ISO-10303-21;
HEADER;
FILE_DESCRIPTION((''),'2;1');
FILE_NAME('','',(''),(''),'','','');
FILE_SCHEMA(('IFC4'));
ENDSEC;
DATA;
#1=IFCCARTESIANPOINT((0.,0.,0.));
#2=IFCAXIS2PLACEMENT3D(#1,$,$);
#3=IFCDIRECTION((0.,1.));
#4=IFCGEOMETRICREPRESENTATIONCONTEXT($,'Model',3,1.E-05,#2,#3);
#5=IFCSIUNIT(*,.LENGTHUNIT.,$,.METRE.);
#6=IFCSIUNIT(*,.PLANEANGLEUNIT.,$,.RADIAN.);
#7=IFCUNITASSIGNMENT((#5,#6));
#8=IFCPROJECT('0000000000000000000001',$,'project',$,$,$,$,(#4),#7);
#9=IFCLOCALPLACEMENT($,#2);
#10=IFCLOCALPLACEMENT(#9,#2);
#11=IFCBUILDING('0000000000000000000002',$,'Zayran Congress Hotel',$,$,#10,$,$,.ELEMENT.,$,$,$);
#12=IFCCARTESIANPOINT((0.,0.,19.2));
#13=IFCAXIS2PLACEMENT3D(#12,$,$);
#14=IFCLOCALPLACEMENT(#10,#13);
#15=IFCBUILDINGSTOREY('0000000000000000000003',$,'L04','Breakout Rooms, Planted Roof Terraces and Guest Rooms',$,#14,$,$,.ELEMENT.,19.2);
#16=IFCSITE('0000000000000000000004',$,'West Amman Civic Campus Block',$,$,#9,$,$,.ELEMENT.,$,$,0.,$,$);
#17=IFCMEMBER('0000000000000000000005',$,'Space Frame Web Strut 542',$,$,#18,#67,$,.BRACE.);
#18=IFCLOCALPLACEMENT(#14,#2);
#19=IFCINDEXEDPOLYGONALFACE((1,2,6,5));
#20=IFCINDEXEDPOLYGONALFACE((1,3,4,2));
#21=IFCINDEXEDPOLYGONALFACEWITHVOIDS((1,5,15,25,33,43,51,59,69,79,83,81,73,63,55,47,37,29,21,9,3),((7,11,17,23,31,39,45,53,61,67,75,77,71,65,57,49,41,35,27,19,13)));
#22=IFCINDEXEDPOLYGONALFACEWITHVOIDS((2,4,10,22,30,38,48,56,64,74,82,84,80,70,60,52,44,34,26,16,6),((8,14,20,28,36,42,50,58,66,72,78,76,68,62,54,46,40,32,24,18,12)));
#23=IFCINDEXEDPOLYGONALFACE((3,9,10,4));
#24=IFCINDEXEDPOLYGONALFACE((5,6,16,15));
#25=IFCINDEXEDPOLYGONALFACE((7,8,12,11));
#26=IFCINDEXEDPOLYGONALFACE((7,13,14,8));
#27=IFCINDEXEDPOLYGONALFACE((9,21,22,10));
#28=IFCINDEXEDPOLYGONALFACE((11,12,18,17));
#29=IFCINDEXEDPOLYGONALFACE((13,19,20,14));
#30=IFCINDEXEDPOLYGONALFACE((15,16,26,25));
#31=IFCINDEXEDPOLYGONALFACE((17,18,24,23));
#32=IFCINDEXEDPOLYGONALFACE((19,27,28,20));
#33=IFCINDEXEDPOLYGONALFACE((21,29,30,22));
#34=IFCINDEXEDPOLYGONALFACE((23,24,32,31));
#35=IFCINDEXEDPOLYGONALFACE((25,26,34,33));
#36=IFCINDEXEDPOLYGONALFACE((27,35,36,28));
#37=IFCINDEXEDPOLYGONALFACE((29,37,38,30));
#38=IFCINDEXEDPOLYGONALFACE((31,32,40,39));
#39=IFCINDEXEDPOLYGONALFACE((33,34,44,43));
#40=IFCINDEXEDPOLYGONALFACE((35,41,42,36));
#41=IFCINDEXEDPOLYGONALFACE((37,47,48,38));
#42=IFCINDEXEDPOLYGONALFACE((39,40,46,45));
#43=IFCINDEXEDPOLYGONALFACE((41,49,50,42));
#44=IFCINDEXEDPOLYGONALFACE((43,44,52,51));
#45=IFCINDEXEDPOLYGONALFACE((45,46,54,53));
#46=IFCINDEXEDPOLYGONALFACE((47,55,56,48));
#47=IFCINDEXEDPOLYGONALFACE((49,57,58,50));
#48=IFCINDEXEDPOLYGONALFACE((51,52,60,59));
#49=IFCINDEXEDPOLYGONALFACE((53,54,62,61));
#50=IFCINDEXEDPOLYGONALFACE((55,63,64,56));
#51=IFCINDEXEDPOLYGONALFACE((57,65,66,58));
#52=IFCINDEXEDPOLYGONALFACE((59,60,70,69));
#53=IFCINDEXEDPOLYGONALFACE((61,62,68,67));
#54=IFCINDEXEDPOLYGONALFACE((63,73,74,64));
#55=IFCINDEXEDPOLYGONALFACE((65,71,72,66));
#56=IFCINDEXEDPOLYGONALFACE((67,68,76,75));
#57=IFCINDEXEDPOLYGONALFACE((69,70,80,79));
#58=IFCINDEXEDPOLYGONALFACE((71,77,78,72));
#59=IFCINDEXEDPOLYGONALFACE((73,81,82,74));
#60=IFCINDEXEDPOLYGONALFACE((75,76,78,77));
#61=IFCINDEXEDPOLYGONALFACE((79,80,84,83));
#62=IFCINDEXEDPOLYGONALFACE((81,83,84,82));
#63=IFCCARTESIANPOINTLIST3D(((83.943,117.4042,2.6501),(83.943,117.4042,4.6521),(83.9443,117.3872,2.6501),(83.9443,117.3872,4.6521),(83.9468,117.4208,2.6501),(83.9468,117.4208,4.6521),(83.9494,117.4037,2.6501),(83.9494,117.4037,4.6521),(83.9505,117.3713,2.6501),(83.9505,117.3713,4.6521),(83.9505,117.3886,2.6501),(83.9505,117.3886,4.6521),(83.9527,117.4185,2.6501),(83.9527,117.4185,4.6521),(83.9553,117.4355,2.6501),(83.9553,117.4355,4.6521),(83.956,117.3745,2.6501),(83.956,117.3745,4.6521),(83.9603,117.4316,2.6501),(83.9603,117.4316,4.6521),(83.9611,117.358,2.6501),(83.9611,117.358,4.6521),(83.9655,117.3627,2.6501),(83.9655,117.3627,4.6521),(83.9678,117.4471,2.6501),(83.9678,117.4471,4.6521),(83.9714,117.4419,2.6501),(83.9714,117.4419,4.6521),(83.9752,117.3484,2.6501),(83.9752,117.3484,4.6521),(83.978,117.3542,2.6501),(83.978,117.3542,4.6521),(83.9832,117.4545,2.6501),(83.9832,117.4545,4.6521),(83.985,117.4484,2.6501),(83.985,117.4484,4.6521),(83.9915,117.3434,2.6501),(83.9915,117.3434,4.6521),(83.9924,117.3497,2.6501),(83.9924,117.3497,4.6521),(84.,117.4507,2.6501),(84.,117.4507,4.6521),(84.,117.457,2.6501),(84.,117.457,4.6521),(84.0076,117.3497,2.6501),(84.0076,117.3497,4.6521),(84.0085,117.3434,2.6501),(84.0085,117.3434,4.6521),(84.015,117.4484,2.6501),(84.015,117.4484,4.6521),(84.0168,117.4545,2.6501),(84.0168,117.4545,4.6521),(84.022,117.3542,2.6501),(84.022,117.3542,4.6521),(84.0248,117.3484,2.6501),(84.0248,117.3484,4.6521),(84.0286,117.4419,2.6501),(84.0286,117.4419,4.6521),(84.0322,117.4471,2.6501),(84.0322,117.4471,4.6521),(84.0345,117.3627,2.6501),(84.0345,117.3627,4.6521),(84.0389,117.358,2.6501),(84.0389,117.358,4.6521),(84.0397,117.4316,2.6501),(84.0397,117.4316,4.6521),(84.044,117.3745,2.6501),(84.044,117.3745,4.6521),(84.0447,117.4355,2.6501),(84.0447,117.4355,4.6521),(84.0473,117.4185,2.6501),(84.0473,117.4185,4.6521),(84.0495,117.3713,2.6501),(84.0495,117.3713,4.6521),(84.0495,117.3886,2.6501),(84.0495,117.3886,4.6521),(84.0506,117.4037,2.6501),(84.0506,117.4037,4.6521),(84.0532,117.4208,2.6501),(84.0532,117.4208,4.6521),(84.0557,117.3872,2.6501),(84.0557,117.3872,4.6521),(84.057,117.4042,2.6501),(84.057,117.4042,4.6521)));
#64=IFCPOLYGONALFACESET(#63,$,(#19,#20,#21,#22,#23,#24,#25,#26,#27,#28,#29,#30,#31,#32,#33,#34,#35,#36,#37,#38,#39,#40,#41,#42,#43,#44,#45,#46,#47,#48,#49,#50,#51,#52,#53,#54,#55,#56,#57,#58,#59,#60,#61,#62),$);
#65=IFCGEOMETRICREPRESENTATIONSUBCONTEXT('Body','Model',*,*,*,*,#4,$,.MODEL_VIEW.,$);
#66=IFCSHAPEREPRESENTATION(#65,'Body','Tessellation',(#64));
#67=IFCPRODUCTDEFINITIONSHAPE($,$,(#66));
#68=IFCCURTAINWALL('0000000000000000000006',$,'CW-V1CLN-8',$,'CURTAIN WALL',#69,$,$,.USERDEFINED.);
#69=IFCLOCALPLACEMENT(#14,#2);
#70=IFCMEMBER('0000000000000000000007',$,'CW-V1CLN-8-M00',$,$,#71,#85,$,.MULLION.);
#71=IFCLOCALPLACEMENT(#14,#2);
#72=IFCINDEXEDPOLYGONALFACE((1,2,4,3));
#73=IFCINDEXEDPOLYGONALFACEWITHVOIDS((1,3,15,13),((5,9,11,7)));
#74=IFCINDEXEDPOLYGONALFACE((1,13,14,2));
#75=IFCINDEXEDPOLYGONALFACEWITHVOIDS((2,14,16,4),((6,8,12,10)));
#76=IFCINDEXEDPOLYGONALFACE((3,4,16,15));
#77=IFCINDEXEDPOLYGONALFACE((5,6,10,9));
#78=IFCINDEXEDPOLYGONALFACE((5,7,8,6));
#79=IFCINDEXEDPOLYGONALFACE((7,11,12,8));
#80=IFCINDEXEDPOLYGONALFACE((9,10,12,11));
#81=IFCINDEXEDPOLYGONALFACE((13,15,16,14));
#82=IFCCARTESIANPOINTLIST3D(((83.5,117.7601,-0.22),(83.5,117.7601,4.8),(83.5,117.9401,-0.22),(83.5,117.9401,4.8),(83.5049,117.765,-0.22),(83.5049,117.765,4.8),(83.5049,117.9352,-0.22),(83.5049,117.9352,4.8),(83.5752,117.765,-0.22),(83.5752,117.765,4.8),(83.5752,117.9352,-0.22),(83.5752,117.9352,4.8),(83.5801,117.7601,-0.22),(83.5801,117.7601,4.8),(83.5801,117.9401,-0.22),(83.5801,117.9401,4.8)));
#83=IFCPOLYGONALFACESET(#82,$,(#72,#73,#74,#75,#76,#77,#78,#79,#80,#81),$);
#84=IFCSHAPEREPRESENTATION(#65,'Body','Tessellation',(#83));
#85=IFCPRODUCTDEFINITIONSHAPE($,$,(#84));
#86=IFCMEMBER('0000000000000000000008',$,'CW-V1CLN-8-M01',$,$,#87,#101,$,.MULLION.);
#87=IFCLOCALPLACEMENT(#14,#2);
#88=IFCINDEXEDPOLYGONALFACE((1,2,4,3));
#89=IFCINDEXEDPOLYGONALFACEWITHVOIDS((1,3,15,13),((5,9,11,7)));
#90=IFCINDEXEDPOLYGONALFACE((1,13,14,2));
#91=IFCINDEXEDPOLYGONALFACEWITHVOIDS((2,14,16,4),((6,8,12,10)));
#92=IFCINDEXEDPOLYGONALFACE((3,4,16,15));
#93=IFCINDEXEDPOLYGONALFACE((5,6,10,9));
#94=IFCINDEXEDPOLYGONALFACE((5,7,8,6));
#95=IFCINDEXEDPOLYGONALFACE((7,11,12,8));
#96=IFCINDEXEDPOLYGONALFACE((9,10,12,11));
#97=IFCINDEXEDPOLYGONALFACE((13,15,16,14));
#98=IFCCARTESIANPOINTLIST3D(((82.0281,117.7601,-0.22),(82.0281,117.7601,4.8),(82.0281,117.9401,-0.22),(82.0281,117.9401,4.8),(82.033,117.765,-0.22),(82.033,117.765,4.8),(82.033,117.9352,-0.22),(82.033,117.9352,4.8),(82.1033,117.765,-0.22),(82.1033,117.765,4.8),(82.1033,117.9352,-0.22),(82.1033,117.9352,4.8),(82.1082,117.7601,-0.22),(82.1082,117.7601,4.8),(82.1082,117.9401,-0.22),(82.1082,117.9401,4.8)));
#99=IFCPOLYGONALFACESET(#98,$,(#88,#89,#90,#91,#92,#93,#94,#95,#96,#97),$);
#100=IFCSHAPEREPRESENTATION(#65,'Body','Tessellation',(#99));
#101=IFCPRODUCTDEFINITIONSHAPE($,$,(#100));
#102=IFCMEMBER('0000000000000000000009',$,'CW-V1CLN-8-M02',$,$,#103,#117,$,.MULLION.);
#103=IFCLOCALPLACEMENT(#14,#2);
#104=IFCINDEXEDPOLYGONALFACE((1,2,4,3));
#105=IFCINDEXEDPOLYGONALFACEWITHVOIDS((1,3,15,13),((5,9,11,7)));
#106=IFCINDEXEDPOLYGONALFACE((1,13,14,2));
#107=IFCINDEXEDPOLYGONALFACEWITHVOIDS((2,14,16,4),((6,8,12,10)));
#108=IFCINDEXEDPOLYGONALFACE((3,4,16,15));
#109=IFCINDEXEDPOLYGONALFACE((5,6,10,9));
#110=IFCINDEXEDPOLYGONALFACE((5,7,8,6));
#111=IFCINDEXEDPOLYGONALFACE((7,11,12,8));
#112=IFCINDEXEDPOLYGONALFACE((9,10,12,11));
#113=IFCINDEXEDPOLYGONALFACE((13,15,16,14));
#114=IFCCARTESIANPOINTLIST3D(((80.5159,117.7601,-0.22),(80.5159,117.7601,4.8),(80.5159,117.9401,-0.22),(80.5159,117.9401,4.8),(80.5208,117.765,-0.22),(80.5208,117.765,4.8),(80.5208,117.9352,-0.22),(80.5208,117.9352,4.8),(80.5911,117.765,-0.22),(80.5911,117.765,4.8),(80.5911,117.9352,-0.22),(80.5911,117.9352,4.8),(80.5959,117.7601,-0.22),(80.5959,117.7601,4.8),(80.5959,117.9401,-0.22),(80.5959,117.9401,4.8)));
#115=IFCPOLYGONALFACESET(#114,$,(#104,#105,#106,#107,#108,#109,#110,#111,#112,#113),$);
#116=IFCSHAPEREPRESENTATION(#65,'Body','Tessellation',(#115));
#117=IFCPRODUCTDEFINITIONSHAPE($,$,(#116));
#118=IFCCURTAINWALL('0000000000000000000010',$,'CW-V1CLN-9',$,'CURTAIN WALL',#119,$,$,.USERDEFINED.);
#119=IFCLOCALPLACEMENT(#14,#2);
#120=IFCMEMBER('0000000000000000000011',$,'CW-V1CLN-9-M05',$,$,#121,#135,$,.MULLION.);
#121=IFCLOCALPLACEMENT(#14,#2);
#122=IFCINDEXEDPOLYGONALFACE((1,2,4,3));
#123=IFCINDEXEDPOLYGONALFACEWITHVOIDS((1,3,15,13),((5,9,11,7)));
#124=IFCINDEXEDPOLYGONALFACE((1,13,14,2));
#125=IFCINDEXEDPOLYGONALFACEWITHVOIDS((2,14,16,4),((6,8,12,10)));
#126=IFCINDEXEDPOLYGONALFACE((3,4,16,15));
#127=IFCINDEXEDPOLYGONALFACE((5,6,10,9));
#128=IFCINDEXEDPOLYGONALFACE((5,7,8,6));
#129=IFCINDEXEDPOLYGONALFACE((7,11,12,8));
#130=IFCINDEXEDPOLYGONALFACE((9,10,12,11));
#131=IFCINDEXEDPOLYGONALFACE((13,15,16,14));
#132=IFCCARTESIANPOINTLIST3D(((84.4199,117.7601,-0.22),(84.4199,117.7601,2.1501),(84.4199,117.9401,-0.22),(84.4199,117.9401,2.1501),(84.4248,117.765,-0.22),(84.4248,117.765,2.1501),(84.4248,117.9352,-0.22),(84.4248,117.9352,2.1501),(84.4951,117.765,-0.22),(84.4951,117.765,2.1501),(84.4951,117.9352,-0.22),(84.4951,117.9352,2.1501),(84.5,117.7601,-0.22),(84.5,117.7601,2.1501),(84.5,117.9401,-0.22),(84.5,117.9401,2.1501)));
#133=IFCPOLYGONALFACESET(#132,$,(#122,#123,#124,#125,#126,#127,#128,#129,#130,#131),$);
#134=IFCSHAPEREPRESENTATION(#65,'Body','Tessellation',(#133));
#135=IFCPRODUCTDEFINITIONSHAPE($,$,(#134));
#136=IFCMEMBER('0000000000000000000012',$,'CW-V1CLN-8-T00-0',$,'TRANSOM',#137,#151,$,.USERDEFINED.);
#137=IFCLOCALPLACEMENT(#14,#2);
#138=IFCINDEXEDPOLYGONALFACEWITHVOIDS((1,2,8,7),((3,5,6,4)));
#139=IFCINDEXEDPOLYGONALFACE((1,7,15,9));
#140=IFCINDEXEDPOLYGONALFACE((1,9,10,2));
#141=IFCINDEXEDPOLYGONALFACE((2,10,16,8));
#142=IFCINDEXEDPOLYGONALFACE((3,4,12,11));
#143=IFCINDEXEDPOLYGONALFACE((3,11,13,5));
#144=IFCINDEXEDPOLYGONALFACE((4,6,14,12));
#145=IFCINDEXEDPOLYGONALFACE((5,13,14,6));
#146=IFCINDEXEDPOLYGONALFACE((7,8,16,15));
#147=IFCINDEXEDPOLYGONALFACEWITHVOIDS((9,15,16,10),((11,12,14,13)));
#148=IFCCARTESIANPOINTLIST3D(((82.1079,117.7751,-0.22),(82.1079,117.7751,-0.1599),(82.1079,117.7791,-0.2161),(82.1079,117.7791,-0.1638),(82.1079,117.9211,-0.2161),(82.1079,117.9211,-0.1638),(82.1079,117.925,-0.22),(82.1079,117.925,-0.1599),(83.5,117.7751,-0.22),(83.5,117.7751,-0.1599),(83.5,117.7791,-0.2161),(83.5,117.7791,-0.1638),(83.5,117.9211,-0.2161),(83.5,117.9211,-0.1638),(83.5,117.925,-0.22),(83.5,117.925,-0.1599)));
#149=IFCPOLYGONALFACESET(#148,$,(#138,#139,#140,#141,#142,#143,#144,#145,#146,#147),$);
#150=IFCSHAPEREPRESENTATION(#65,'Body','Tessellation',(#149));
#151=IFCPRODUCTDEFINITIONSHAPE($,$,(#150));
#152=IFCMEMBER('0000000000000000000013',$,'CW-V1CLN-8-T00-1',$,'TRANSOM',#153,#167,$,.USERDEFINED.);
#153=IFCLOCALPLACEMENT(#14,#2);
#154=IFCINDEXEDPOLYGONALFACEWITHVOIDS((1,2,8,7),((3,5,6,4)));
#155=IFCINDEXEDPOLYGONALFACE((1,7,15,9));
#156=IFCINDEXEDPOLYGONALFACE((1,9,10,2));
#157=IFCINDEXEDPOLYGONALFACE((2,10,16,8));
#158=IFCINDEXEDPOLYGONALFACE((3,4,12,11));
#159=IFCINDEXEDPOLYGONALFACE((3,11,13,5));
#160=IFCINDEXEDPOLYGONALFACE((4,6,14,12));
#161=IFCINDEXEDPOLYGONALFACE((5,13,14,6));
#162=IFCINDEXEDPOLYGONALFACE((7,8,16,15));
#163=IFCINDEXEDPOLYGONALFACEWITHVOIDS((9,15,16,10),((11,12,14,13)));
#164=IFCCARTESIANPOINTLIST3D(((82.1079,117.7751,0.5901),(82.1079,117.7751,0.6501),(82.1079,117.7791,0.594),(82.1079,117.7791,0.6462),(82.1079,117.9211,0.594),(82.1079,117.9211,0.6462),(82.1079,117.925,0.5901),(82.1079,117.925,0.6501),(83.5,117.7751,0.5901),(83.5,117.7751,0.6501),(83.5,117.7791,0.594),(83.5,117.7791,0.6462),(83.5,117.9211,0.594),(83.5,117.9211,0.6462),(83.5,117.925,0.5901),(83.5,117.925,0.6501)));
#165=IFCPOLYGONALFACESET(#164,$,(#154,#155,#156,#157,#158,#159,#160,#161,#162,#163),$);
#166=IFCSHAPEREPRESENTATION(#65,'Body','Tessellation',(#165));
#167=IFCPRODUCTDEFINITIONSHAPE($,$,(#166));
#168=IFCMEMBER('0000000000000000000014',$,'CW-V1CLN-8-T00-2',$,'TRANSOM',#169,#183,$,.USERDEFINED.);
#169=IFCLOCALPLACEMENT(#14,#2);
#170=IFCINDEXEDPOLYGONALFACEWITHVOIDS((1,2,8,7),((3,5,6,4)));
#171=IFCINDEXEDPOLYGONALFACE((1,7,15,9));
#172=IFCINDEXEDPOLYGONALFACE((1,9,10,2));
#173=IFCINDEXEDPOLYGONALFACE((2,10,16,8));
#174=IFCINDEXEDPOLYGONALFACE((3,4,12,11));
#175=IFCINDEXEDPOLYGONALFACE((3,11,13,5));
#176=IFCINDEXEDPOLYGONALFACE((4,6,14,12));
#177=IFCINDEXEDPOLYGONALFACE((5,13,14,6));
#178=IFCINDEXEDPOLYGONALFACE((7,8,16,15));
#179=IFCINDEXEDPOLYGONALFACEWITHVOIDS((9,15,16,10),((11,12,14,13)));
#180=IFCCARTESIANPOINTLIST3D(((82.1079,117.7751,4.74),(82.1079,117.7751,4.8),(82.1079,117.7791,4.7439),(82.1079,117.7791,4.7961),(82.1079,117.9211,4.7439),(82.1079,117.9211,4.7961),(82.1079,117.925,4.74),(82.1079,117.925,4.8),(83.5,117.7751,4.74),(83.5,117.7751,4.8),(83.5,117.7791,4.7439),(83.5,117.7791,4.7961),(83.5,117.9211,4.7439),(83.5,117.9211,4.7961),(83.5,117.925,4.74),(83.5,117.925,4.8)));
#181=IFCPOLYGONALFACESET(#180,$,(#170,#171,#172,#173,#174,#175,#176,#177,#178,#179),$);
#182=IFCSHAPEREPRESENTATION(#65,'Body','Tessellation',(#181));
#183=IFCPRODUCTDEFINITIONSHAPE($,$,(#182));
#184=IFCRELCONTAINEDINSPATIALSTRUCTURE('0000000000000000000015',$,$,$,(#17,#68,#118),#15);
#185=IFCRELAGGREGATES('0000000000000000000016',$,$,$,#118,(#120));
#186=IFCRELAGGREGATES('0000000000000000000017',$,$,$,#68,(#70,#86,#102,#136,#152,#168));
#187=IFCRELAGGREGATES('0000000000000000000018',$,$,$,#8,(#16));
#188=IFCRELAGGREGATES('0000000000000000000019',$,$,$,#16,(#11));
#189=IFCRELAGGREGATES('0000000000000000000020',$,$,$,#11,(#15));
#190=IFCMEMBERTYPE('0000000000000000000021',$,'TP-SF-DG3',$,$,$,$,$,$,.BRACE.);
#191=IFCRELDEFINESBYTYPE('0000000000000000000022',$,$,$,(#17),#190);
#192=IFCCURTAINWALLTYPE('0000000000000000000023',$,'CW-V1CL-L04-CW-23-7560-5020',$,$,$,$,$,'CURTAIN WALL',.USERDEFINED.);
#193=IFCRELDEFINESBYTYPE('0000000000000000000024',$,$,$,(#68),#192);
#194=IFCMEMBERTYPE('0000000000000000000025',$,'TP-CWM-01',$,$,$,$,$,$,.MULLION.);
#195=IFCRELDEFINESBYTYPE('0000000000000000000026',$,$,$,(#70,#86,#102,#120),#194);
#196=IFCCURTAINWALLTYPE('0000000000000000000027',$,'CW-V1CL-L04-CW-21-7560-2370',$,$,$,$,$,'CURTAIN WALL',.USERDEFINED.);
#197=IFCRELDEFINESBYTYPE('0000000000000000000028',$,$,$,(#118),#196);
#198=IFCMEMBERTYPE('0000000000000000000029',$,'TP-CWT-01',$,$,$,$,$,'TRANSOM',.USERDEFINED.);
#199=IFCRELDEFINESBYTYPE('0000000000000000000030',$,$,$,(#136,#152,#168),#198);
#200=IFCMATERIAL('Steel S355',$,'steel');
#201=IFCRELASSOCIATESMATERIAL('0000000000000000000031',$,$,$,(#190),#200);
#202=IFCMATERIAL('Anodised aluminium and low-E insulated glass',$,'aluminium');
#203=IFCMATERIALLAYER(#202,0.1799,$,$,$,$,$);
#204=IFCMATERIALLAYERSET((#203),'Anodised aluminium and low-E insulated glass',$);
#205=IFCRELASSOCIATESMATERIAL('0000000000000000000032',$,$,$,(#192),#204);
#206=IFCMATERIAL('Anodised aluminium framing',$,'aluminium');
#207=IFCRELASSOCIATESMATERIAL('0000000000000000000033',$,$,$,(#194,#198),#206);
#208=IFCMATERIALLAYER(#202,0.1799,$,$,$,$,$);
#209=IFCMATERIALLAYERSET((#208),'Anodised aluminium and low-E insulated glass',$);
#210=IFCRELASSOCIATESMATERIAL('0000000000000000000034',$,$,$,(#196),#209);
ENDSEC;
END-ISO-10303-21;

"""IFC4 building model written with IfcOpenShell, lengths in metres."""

from ifc_helpers import new_model, si_unit, direction, frame, origin, origin_2d, place, context, subcontext, project, spatial, hollow_rectangle, hollow_circle, extrude, material, layer, layer_set, material_profile, profile_set, type_object, element, aggregate, save


model = new_model("IFC4")

# Units and contexts
model_context = context("Model", 3, precision=1e-05, world=origin(), true_north=direction((0.0, 1.0)))
body_context = subcontext(model_context, "Body", "Model", "MODEL_VIEW")
ifc_project = project(units=[si_unit("LENGTHUNIT", "METRE"), si_unit("PLANEANGLEUNIT", "RADIAN")], contexts=[model_context])

# Site, building, storey
site_placement = place(None, origin())
site = spatial("IfcSite", under=ifc_project, at=site_placement, Name="West Amman Civic Campus Block", CompositionType="ELEMENT", RefElevation=0.0)
building_placement = place(site_placement, origin())
building = spatial("IfcBuilding", under=site, at=building_placement, Name="Zayran Congress Hotel", CompositionType="ELEMENT")
storey_placement = place(building_placement, frame((0.0, 0.0, 19.2)))
storey = spatial("IfcBuildingStorey", under=building, at=storey_placement, Name="L04", Description="Breakout Rooms, Planted Roof Terraces and Guest Rooms", CompositionType="ELEMENT", Elevation=19.2)

# Member
ifc_material_1 = material(Name="Steel S355", Category="steel")
ifc_material_profile_1 = material_profile(ifc_material_1, hollow_circle(Radius=0.0571, WallThickness=0.0063, at=origin_2d()), Name="CHS 114.3x6.3")
ifc_profile_set_1 = profile_set([ifc_material_profile_1], Name="Steel S355")
member_type_1 = type_object("IfcMemberType", Name="TP-SF-DG3", PredefinedType="BRACE", material=ifc_profile_set_1)
member_1_placement = place(storey_placement, frame((84.0, 117.3999, 2.6501), z_axis=(0.0, 0.0, 1.0), x_axis=(0.0, 1.0, 0.0)))
element("IfcMember", 1, at=member_1_placement, inside=storey, type_object=member_type_1, Name="Space Frame Web Strut 542", PredefinedType="BRACE", context=body_context, shape_type="SweptSolid", body=[
    extrude(hollow_circle(Radius=0.0571, WallThickness=0.0063, at=origin_2d()), origin(), (0.0, 0.0, 1.0), 2.002),
])

# Curtain wall, members
ifc_material_2 = material(Name="Anodised aluminium and low-E insulated glass", Category="aluminium")
ifc_layer_1 = layer(ifc_material_2, 0.1799)
ifc_layer_set_1 = layer_set([ifc_layer_1], Name="Anodised aluminium and low-E insulated glass")
curtain_wall_type_1 = type_object("IfcCurtainWallType", Name="CW-V1CL-L04-CW-23-7560-5020", ElementType="CURTAIN WALL", PredefinedType="USERDEFINED", material=ifc_layer_set_1)
curtain_wall_1_placement = place(storey_placement, origin())
curtain_wall_1 = element("IfcCurtainWall", 2, at=curtain_wall_1_placement, inside=storey, type_object=curtain_wall_type_1, Name="CW-V1CLN-8", ObjectType="CURTAIN WALL", PredefinedType="USERDEFINED")
ifc_material_3 = material(Name="Anodised aluminium framing", Category="aluminium")
ifc_material_profile_2 = material_profile(ifc_material_3, hollow_rectangle(XDim=0.0801, YDim=0.1799, WallThickness=0.0049, at=origin_2d()), Name="RHS 180x80x5")
ifc_profile_set_2 = profile_set([ifc_material_profile_2], Name="Anodised aluminium framing")
member_type_2 = type_object("IfcMemberType", Name="TP-CWM-01", PredefinedType="MULLION", material=ifc_profile_set_2)
member_2_placement = place(storey_placement, frame((83.54, 117.8501, -0.22), z_axis=(0.0, 0.0, 1.0), x_axis=(1.0, 0.0, 0.0)))
member_2 = element("IfcMember", 3, at=member_2_placement, type_object=member_type_2, Name="CW-V1CLN-8-M00", PredefinedType="MULLION", context=body_context, shape_type="SweptSolid", body=[
    extrude(hollow_rectangle(XDim=0.0801, YDim=0.1799, WallThickness=0.0049, at=origin_2d()), origin(), (0.0, 0.0, 1.0), 5.02),
])
member_3_placement = place(storey_placement, frame((82.0681, 117.8501, -0.22), z_axis=(0.0, 0.0, 1.0), x_axis=(1.0, 0.0, 0.0)))
member_3 = element("IfcMember", 4, at=member_3_placement, type_object=member_type_2, Name="CW-V1CLN-8-M01", PredefinedType="MULLION", context=body_context, shape_type="SweptSolid", body=[
    extrude(hollow_rectangle(XDim=0.0801, YDim=0.1799, WallThickness=0.0049, at=origin_2d()), origin(), (0.0, 0.0, 1.0), 5.02),
])
member_4_placement = place(storey_placement, frame((80.5559, 117.8501, -0.22), z_axis=(0.0, 0.0, 1.0), x_axis=(1.0, 0.0, 0.0)))
member_4 = element("IfcMember", 5, at=member_4_placement, type_object=member_type_2, Name="CW-V1CLN-8-M02", PredefinedType="MULLION", context=body_context, shape_type="SweptSolid", body=[
    extrude(hollow_rectangle(XDim=0.0801, YDim=0.1799, WallThickness=0.0049, at=origin_2d()), origin(), (0.0, 0.0, 1.0), 5.02),
])

# Curtain wall, member
ifc_layer_2 = layer(ifc_material_2, 0.1799)
ifc_layer_set_2 = layer_set([ifc_layer_2], Name="Anodised aluminium and low-E insulated glass")
curtain_wall_type_2 = type_object("IfcCurtainWallType", Name="CW-V1CL-L04-CW-21-7560-2370", ElementType="CURTAIN WALL", PredefinedType="USERDEFINED", material=ifc_layer_set_2)
curtain_wall_2_placement = place(storey_placement, origin())
curtain_wall_2 = element("IfcCurtainWall", 6, at=curtain_wall_2_placement, inside=storey, type_object=curtain_wall_type_2, Name="CW-V1CLN-9", ObjectType="CURTAIN WALL", PredefinedType="USERDEFINED")
member_5_placement = place(storey_placement, frame((84.46, 117.8501, -0.22), z_axis=(0.0, 0.0, 1.0), x_axis=(1.0, 0.0, 0.0)))
member_5 = element("IfcMember", 7, at=member_5_placement, type_object=member_type_2, Name="CW-V1CLN-9-M05", PredefinedType="MULLION", context=body_context, shape_type="SweptSolid", body=[
    extrude(hollow_rectangle(XDim=0.0801, YDim=0.1799, WallThickness=0.0049, at=origin_2d()), origin(), (0.0, 0.0, 1.0), 2.3701),
])

# Members
ifc_material_profile_3 = material_profile(ifc_material_3, hollow_rectangle(XDim=0.0601, YDim=0.1499, WallThickness=0.0039, at=origin_2d()), Name="RHS 150x60x4")
ifc_profile_set_3 = profile_set([ifc_material_profile_3], Name="Anodised aluminium framing")
member_type_3 = type_object("IfcMemberType", Name="TP-CWT-01", ElementType="TRANSOM", PredefinedType="USERDEFINED", material=ifc_profile_set_3)
member_6_placement = place(storey_placement, frame((83.5, 117.8501, -0.1899), z_axis=(-1.0, 0.0, 0.0), x_axis=(0.0, 0.0, 1.0)))
member_6 = element("IfcMember", 8, at=member_6_placement, type_object=member_type_3, Name="CW-V1CLN-8-T00-0", ObjectType="TRANSOM", PredefinedType="USERDEFINED", context=body_context, shape_type="SweptSolid", body=[
    extrude(hollow_rectangle(XDim=0.0601, YDim=0.1499, WallThickness=0.0039, at=origin_2d()), origin(), (0.0, 0.0, 1.0), 1.3921),
])
member_7_placement = place(storey_placement, frame((83.5, 117.8501, 0.6201), z_axis=(-1.0, 0.0, 0.0), x_axis=(0.0, 0.0, 1.0)))
member_7 = element("IfcMember", 9, at=member_7_placement, type_object=member_type_3, Name="CW-V1CLN-8-T00-1", ObjectType="TRANSOM", PredefinedType="USERDEFINED", context=body_context, shape_type="SweptSolid", body=[
    extrude(hollow_rectangle(XDim=0.0601, YDim=0.1499, WallThickness=0.0039, at=origin_2d()), origin(), (0.0, 0.0, 1.0), 1.3921),
])
member_8_placement = place(storey_placement, frame((83.5, 117.8501, 4.77), z_axis=(-1.0, 0.0, 0.0), x_axis=(0.0, 0.0, 1.0)))
member_8 = element("IfcMember", 10, at=member_8_placement, type_object=member_type_3, Name="CW-V1CLN-8-T00-2", ObjectType="TRANSOM", PredefinedType="USERDEFINED", context=body_context, shape_type="SweptSolid", body=[
    extrude(hollow_rectangle(XDim=0.0601, YDim=0.1499, WallThickness=0.0039, at=origin_2d()), origin(), (0.0, 0.0, 1.0), 1.3921),
])

aggregate(curtain_wall_2, [member_5])
aggregate(curtain_wall_1, [member_2, member_3, member_4, member_6, member_7, member_8])

save(model, "model.ifc")
